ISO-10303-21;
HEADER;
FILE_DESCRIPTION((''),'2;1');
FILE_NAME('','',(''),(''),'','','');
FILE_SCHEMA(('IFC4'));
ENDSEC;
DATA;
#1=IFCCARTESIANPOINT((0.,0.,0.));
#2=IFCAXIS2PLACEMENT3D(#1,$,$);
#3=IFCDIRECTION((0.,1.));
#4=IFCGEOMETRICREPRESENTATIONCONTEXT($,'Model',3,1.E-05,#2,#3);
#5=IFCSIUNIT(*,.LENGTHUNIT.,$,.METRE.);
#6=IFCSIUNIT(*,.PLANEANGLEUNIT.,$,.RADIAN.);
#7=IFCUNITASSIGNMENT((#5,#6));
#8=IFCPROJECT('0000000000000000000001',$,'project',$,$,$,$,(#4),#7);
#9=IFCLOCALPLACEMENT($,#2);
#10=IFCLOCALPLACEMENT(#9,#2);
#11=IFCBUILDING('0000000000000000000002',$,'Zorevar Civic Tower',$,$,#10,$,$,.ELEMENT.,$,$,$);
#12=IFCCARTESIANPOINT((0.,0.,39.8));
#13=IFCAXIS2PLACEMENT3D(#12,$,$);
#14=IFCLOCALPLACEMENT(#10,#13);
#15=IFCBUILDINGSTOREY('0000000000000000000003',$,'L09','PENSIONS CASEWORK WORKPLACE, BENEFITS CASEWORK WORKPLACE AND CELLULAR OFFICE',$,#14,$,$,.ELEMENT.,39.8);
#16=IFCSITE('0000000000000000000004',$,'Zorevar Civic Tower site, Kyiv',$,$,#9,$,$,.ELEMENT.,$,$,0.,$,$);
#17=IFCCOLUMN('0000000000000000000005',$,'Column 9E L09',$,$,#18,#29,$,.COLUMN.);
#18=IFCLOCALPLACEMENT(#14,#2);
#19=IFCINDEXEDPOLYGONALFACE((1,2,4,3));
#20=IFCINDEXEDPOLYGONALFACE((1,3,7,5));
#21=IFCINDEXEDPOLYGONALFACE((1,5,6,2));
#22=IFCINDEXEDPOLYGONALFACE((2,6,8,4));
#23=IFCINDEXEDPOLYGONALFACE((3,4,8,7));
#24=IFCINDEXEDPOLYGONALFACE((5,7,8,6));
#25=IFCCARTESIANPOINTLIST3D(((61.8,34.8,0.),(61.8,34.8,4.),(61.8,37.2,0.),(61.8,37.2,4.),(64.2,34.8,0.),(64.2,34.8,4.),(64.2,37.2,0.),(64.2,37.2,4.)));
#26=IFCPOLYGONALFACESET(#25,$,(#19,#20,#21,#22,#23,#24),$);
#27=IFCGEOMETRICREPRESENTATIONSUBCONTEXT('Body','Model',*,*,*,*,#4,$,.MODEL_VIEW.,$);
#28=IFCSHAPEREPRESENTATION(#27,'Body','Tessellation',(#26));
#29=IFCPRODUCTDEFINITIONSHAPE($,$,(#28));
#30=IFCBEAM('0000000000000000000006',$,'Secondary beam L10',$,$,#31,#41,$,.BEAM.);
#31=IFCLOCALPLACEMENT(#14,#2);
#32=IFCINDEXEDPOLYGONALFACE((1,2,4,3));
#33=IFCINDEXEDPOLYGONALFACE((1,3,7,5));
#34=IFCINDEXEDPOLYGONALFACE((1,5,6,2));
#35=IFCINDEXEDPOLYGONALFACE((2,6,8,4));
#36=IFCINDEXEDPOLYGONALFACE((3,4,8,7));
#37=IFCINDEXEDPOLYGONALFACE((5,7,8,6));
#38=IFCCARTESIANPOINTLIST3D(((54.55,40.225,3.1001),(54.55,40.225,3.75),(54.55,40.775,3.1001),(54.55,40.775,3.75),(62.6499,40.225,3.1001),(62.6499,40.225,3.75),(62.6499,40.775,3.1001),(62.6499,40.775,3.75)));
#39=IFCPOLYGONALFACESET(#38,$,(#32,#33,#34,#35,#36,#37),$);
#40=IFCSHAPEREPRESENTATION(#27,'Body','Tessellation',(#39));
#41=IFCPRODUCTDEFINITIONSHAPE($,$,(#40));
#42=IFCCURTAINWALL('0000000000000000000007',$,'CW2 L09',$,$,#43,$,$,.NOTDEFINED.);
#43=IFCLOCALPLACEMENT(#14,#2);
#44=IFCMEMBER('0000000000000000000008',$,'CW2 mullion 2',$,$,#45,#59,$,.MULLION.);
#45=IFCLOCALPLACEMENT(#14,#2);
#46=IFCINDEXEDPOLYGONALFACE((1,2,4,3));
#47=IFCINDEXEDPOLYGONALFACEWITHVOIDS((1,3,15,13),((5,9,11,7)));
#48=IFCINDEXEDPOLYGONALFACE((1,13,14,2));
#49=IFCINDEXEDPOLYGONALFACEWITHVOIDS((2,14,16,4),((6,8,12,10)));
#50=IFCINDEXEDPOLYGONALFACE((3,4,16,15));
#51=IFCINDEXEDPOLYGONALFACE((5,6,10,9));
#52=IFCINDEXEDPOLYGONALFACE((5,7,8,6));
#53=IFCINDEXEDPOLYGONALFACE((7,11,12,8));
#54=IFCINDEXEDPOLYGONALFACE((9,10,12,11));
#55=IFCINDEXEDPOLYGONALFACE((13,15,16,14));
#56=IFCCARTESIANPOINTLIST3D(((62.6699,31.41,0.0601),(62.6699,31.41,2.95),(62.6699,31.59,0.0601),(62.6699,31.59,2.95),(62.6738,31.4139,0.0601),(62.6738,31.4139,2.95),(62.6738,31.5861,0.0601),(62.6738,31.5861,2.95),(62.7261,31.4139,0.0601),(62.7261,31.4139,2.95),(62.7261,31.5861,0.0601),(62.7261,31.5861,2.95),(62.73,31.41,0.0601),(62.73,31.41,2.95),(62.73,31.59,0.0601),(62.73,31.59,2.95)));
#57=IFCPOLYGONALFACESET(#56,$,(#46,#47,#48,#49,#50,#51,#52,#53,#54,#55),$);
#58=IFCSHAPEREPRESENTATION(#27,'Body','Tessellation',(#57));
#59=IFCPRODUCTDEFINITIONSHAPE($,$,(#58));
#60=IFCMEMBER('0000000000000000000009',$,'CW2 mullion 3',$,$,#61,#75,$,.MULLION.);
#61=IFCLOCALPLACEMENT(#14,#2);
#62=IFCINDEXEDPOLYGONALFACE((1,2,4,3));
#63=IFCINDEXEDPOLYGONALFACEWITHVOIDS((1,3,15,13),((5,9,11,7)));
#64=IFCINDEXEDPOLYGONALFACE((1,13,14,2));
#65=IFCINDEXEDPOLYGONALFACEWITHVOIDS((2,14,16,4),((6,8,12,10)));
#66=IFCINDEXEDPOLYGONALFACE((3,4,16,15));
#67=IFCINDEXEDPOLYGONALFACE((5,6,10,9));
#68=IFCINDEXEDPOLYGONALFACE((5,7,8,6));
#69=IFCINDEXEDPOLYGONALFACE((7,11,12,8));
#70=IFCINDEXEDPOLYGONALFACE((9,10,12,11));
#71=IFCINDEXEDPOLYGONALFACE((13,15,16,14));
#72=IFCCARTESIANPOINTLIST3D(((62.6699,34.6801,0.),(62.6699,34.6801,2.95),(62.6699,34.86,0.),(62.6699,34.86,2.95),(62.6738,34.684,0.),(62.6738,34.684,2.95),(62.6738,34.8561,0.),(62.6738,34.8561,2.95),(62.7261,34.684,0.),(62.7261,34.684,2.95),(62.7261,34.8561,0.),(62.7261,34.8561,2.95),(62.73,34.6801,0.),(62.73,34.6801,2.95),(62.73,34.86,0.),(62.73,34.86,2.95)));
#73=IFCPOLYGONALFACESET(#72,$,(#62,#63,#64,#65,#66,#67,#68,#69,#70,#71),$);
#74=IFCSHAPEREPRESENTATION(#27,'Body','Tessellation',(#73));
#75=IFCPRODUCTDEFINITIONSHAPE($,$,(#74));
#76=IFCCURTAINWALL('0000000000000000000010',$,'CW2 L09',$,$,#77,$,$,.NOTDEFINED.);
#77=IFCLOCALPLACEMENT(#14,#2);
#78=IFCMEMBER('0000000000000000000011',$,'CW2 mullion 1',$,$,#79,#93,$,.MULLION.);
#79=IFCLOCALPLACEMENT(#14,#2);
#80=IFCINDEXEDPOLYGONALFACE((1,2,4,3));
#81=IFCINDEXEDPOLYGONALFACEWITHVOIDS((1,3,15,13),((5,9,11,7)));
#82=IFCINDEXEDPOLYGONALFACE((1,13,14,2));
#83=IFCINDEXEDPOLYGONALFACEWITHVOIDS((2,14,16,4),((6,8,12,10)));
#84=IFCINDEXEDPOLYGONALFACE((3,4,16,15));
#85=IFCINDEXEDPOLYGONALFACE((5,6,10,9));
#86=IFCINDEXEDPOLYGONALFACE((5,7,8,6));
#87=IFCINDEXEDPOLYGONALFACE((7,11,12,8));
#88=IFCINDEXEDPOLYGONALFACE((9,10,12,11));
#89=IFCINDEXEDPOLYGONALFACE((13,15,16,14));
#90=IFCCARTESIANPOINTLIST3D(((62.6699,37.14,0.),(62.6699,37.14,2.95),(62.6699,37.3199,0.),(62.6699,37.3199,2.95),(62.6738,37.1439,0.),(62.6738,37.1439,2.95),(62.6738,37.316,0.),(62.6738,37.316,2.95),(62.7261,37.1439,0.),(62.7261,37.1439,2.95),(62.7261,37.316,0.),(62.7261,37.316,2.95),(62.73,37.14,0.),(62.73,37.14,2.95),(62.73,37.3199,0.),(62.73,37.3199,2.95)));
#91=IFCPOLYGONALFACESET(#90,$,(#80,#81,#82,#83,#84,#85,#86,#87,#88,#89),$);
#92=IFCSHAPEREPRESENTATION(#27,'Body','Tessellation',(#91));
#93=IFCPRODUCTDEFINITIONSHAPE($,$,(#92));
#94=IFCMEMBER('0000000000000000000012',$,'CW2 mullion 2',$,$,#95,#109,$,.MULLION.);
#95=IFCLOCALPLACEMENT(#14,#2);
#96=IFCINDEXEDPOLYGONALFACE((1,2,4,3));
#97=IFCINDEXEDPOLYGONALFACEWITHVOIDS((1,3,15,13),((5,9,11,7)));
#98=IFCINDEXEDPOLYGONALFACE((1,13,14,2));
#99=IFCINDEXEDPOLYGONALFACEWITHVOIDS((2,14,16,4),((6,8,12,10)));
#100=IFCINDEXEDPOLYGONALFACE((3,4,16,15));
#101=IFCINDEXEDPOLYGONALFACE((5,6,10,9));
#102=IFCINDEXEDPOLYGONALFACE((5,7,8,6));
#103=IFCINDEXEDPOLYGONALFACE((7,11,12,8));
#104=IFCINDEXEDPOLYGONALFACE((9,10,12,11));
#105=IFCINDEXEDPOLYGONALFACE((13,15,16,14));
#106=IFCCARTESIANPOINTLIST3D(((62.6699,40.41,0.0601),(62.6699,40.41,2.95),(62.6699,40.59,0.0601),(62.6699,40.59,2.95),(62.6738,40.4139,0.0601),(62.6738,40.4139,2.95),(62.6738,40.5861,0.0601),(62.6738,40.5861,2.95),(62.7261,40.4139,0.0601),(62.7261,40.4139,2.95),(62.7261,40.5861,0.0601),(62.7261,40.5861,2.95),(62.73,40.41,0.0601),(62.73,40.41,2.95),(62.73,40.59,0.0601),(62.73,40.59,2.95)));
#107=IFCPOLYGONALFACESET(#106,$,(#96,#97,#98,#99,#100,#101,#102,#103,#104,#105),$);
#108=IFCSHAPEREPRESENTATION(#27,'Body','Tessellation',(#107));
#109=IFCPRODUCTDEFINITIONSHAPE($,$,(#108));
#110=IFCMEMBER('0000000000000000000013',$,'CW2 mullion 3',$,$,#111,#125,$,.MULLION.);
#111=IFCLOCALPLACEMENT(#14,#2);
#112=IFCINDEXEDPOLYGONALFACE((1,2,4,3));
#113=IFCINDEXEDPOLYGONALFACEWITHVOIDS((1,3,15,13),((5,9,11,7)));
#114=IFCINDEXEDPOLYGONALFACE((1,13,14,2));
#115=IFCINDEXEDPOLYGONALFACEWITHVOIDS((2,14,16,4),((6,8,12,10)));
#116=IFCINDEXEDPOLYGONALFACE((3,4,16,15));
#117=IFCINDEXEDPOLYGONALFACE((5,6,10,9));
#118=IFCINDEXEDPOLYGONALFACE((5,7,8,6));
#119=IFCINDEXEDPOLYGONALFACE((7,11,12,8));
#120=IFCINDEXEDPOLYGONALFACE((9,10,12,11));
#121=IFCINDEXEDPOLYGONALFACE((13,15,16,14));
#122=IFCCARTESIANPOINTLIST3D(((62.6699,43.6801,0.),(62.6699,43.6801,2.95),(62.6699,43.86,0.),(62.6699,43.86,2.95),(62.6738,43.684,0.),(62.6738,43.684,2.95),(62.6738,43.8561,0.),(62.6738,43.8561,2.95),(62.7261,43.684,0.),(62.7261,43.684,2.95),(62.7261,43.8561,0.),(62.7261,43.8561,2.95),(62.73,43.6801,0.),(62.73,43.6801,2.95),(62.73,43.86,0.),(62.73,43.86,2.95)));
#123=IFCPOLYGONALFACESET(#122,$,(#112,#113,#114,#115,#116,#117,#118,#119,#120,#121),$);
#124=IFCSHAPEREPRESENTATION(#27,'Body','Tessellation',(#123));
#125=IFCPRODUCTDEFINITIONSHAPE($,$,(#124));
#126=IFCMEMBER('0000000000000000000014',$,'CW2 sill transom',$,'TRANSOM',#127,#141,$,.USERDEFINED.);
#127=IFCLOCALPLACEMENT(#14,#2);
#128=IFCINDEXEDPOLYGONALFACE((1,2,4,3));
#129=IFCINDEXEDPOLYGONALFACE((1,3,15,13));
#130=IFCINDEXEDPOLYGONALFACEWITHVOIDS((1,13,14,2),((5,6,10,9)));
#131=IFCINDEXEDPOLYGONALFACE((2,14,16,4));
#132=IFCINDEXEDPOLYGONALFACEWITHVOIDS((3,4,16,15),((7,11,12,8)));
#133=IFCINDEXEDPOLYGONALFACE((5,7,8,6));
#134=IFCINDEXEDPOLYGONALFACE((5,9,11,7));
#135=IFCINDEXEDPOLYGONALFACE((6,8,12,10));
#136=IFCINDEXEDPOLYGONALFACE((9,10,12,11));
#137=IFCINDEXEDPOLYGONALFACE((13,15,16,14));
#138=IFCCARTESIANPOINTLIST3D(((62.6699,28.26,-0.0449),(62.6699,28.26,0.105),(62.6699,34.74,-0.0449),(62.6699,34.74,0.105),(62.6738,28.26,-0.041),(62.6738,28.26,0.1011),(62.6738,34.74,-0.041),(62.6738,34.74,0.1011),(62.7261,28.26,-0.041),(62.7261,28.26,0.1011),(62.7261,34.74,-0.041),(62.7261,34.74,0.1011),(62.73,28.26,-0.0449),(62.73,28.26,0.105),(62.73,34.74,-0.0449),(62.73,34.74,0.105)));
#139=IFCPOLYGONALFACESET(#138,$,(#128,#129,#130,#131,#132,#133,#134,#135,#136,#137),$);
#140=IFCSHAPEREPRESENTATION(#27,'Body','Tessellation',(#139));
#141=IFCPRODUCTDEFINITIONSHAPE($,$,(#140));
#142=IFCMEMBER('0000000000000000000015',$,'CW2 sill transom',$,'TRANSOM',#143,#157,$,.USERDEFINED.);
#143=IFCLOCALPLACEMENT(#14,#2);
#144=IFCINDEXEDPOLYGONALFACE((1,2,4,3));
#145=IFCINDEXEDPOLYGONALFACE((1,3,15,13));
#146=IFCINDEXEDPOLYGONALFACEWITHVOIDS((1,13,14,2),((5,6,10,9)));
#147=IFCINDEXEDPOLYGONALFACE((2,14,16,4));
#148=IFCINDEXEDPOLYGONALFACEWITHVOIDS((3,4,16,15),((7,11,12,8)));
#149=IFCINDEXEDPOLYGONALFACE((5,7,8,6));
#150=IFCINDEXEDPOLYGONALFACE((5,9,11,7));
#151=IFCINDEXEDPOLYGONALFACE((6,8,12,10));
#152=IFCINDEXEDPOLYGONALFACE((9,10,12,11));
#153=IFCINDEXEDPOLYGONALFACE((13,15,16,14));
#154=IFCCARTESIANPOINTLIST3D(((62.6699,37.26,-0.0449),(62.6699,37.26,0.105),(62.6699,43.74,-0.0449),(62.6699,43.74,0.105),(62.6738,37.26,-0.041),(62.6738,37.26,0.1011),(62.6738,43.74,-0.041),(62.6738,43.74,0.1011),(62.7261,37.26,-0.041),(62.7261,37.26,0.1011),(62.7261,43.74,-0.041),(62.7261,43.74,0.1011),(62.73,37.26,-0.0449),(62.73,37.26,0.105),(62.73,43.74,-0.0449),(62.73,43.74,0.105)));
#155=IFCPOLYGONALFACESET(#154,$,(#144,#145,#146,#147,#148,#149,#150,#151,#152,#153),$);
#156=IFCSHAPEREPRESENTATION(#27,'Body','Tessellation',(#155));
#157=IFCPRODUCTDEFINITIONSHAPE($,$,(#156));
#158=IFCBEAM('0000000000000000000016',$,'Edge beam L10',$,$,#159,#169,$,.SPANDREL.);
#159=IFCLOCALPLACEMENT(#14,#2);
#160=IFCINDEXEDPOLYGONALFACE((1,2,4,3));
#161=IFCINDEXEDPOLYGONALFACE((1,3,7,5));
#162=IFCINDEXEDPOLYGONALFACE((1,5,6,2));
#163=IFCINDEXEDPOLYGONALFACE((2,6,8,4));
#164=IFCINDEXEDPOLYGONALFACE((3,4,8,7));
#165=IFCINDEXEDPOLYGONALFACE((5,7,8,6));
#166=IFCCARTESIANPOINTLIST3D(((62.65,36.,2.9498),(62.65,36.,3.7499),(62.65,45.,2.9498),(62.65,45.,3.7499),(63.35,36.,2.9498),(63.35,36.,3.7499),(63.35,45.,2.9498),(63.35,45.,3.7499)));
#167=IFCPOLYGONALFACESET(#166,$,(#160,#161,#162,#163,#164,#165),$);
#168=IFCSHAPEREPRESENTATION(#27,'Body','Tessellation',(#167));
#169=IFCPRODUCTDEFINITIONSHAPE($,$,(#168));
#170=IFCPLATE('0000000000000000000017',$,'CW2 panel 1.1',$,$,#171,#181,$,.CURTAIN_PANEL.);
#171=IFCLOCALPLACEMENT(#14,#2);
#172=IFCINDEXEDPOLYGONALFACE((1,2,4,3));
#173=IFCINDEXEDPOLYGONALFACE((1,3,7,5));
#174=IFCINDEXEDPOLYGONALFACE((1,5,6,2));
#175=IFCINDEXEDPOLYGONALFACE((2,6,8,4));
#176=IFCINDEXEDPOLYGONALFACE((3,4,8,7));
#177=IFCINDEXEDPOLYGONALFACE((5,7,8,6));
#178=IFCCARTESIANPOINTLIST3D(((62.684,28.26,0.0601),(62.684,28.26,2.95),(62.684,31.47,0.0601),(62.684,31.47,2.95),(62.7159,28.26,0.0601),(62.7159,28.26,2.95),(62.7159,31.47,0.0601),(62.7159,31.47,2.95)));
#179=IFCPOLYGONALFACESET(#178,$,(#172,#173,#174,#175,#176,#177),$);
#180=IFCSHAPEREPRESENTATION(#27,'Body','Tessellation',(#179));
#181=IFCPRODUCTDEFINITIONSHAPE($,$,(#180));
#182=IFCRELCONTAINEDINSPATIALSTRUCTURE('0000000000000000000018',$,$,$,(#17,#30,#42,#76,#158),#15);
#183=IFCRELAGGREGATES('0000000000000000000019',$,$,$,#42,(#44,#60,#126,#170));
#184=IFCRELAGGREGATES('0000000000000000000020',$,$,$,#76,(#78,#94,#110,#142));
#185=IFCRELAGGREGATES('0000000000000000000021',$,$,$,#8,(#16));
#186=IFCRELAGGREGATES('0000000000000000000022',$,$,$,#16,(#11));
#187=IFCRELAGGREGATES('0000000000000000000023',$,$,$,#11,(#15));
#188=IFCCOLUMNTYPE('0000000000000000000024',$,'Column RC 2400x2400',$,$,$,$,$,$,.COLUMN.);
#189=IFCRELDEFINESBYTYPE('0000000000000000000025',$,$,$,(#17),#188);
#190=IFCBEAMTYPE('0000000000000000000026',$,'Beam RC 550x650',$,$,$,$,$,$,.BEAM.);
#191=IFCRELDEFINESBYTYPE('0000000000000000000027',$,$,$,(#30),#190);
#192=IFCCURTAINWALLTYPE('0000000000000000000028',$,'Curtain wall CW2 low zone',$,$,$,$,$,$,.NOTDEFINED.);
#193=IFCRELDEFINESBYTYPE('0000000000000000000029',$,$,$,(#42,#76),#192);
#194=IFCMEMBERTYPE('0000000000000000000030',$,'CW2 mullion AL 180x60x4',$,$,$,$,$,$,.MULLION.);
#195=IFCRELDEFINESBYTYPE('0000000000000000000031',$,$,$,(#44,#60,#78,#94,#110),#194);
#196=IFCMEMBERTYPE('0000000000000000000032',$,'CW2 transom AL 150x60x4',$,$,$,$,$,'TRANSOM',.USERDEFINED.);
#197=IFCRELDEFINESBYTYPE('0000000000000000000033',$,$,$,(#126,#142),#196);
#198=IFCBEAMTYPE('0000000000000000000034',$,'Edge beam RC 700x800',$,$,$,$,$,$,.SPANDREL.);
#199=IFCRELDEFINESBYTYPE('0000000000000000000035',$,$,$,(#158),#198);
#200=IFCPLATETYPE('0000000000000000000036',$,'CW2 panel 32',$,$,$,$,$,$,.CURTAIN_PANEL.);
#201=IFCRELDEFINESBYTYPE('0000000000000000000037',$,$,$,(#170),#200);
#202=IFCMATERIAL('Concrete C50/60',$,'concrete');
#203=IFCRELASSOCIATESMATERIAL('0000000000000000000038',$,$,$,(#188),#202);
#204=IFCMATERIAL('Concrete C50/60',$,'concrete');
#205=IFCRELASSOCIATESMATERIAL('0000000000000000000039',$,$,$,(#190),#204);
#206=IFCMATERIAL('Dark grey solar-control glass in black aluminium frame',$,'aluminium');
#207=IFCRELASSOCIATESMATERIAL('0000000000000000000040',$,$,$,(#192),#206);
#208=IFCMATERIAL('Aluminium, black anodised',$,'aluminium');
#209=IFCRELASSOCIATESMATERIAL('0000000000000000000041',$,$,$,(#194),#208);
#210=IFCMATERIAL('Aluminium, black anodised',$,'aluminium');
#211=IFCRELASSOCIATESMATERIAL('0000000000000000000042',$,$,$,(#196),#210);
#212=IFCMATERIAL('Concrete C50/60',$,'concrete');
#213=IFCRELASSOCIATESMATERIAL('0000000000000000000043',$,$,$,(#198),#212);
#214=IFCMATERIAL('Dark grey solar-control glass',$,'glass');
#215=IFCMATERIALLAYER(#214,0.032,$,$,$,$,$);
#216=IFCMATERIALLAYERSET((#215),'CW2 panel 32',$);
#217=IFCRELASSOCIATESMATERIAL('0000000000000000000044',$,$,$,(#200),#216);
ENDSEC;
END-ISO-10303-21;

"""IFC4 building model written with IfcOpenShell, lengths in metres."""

from ifc_helpers import new_model, si_unit, direction, frame, origin, origin_2d, place, context, subcontext, project, spatial, rectangle, hollow_rectangle, extrude, material, layer, layer_set, material_profile, profile_set, type_object, element, aggregate, save


model = new_model("IFC4")

# Units and contexts
model_context = context("Model", 3, precision=1e-05, world=origin(), true_north=direction((0.0, 1.0)))
body_context = subcontext(model_context, "Body", "Model", "MODEL_VIEW")
ifc_project = project(units=[si_unit("LENGTHUNIT", "METRE"), si_unit("PLANEANGLEUNIT", "RADIAN")], contexts=[model_context])

# Site, building, storey
site_placement = place(None, origin())
site = spatial("IfcSite", under=ifc_project, at=site_placement, Name="Zorevar Civic Tower site, Kyiv", CompositionType="ELEMENT", RefElevation=0.0)
building_placement = place(site_placement, origin())
building = spatial("IfcBuilding", under=site, at=building_placement, Name="Zorevar Civic Tower", CompositionType="ELEMENT")
storey_placement = place(building_placement, frame((0.0, 0.0, 39.8)))
storey = spatial("IfcBuildingStorey", under=building, at=storey_placement, Name="L09", Description="PENSIONS CASEWORK WORKPLACE, BENEFITS CASEWORK WORKPLACE AND CELLULAR OFFICE", CompositionType="ELEMENT", Elevation=39.8)

# Column
ifc_material_1 = material(Name="Concrete C50/60", Category="concrete")
ifc_material_profile_1 = material_profile(ifc_material_1, rectangle(XDim=2.3999, YDim=2.3999, at=origin_2d()), Name="RC 2400x2400")
ifc_profile_set_1 = profile_set([ifc_material_profile_1], Name="Concrete C50/60")
column_type = type_object("IfcColumnType", Name="Column RC 2400x2400", PredefinedType="COLUMN", material=ifc_profile_set_1)
column_placement = place(storey_placement, frame((63.0, 36.0, 0.0), z_axis=(0.0, 0.0, 1.0), x_axis=(1.0, 0.0, 0.0)))
element("IfcColumn", 1, at=column_placement, inside=storey, type_object=column_type, Name="Column 9E L09", PredefinedType="COLUMN", context=body_context, shape_type="SweptSolid", body=[
    extrude(rectangle(XDim=2.3999, YDim=2.3999, at=origin_2d()), origin(), (0.0, 0.0, 1.0), 4.0),
])

# Beam
ifc_material_2 = material(Name="Concrete C50/60", Category="concrete")
ifc_material_profile_2 = material_profile(ifc_material_2, rectangle(XDim=0.55, YDim=0.6499, at=origin_2d()), Name="RC 550x650")
ifc_profile_set_2 = profile_set([ifc_material_profile_2], Name="Concrete C50/60")
beam_type_1 = type_object("IfcBeamType", Name="Beam RC 550x650", PredefinedType="BEAM", material=ifc_profile_set_2)
beam_1_placement = place(storey_placement, frame((54.55, 40.5, 3.425), z_axis=(1.0, 0.0, 0.0), x_axis=(0.0, 1.0, 0.0)))
element("IfcBeam", 2, at=beam_1_placement, inside=storey, type_object=beam_type_1, Name="Secondary beam L10", PredefinedType="BEAM", context=body_context, shape_type="SweptSolid", body=[
    extrude(rectangle(XDim=0.55, YDim=0.6499, at=origin_2d()), origin(), (0.0, 0.0, 1.0), 8.0999),
])

# Curtain walls, members
ifc_material_3 = material(Name="Dark grey solar-control glass in black aluminium frame", Category="aluminium")
curtain_wall_type = type_object("IfcCurtainWallType", Name="Curtain wall CW2 low zone", PredefinedType="NOTDEFINED", material=ifc_material_3)
curtain_wall_1_placement = place(storey_placement, origin())
curtain_wall_1 = element("IfcCurtainWall", 3, at=curtain_wall_1_placement, inside=storey, type_object=curtain_wall_type, Name="CW2 L09", PredefinedType="NOTDEFINED")
ifc_material_4 = material(Name="Aluminium, black anodised", Category="aluminium")
ifc_material_profile_3 = material_profile(ifc_material_4, hollow_rectangle(XDim=0.0601, YDim=0.1799, WallThickness=0.0039, at=origin_2d()), Name="AL 180x60x4")
ifc_profile_set_3 = profile_set([ifc_material_profile_3], Name="Aluminium, black anodised")
member_type_1 = type_object("IfcMemberType", Name="CW2 mullion AL 180x60x4", PredefinedType="MULLION", material=ifc_profile_set_3)
member_1_placement = place(storey_placement, frame((62.7, 31.5, 0.0601), z_axis=(0.0, 0.0, 1.0), x_axis=(-1.0, 0.0, 0.0)))
member_1 = element("IfcMember", 4, at=member_1_placement, type_object=member_type_1, Name="CW2 mullion 2", PredefinedType="MULLION", context=body_context, shape_type="SweptSolid", body=[
    extrude(hollow_rectangle(XDim=0.0601, YDim=0.1799, WallThickness=0.0039, at=origin_2d()), origin(), (0.0, 0.0, 1.0), 2.8899),
])
member_2_placement = place(storey_placement, frame((62.7, 34.77, 0.0), z_axis=(0.0, 0.0, 1.0), x_axis=(-1.0, 0.0, 0.0)))
member_2 = element("IfcMember", 5, at=member_2_placement, type_object=member_type_1, Name="CW2 mullion 3", PredefinedType="MULLION", context=body_context, shape_type="SweptSolid", body=[
    extrude(hollow_rectangle(XDim=0.0601, YDim=0.1799, WallThickness=0.0039, at=origin_2d()), origin(), (0.0, 0.0, 1.0), 2.95),
])
curtain_wall_2_placement = place(storey_placement, origin())
curtain_wall_2 = element("IfcCurtainWall", 6, at=curtain_wall_2_placement, inside=storey, type_object=curtain_wall_type, Name="CW2 L09", PredefinedType="NOTDEFINED")
member_3_placement = place(storey_placement, frame((62.7, 37.23, 0.0), z_axis=(0.0, 0.0, 1.0), x_axis=(-1.0, 0.0, 0.0)))
member_3 = element("IfcMember", 7, at=member_3_placement, type_object=member_type_1, Name="CW2 mullion 1", PredefinedType="MULLION", context=body_context, shape_type="SweptSolid", body=[
    extrude(hollow_rectangle(XDim=0.0601, YDim=0.1799, WallThickness=0.0039, at=origin_2d()), origin(), (0.0, 0.0, 1.0), 2.95),
])
member_4_placement = place(storey_placement, frame((62.7, 40.5, 0.0601), z_axis=(0.0, 0.0, 1.0), x_axis=(-1.0, 0.0, 0.0)))
member_4 = element("IfcMember", 8, at=member_4_placement, type_object=member_type_1, Name="CW2 mullion 2", PredefinedType="MULLION", context=body_context, shape_type="SweptSolid", body=[
    extrude(hollow_rectangle(XDim=0.0601, YDim=0.1799, WallThickness=0.0039, at=origin_2d()), origin(), (0.0, 0.0, 1.0), 2.8899),
])
member_5_placement = place(storey_placement, frame((62.7, 43.77, 0.0), z_axis=(0.0, 0.0, 1.0), x_axis=(-1.0, 0.0, 0.0)))
member_5 = element("IfcMember", 9, at=member_5_placement, type_object=member_type_1, Name="CW2 mullion 3", PredefinedType="MULLION", context=body_context, shape_type="SweptSolid", body=[
    extrude(hollow_rectangle(XDim=0.0601, YDim=0.1799, WallThickness=0.0039, at=origin_2d()), origin(), (0.0, 0.0, 1.0), 2.95),
])

# Members
ifc_material_5 = material(Name="Aluminium, black anodised", Category="aluminium")
ifc_material_profile_4 = material_profile(ifc_material_5, hollow_rectangle(XDim=0.0601, YDim=0.1499, WallThickness=0.0039, at=origin_2d()), Name="AL 150x60x4")
ifc_profile_set_4 = profile_set([ifc_material_profile_4], Name="Aluminium, black anodised")
member_type_2 = type_object("IfcMemberType", Name="CW2 transom AL 150x60x4", ElementType="TRANSOM", PredefinedType="USERDEFINED", material=ifc_profile_set_4)
member_6_placement = place(storey_placement, frame((62.7, 28.26, 0.03), z_axis=(0.0, 1.0, 0.0), x_axis=(-1.0, 0.0, 0.0)))
member_6 = element("IfcMember", 10, at=member_6_placement, type_object=member_type_2, Name="CW2 sill transom", ObjectType="TRANSOM", PredefinedType="USERDEFINED", context=body_context, shape_type="SweptSolid", body=[
    extrude(hollow_rectangle(XDim=0.0601, YDim=0.1499, WallThickness=0.0039, at=origin_2d()), origin(), (0.0, 0.0, 1.0), 6.48),
])
member_7_placement = place(storey_placement, frame((62.7, 37.26, 0.03), z_axis=(0.0, 1.0, 0.0), x_axis=(-1.0, 0.0, 0.0)))
member_7 = element("IfcMember", 11, at=member_7_placement, type_object=member_type_2, Name="CW2 sill transom", ObjectType="TRANSOM", PredefinedType="USERDEFINED", context=body_context, shape_type="SweptSolid", body=[
    extrude(hollow_rectangle(XDim=0.0601, YDim=0.1499, WallThickness=0.0039, at=origin_2d()), origin(), (0.0, 0.0, 1.0), 6.48),
])

# Beam
ifc_material_6 = material(Name="Concrete C50/60", Category="concrete")
ifc_material_profile_5 = material_profile(ifc_material_6, rectangle(XDim=0.7, YDim=0.8, at=origin_2d()), Name="RC 700x800")
ifc_profile_set_5 = profile_set([ifc_material_profile_5], Name="Concrete C50/60")
beam_type_2 = type_object("IfcBeamType", Name="Edge beam RC 700x800", PredefinedType="SPANDREL", material=ifc_profile_set_5)
beam_2_placement = place(storey_placement, frame((63.0, 36.0, 3.3499), z_axis=(0.0, 1.0, 0.0), x_axis=(-1.0, 0.0, 0.0)))
element("IfcBeam", 12, at=beam_2_placement, inside=storey, type_object=beam_type_2, Name="Edge beam L10", PredefinedType="SPANDREL", context=body_context, shape_type="SweptSolid", body=[
    extrude(rectangle(XDim=0.7, YDim=0.8, at=origin_2d()), origin(), (0.0, 0.0, 1.0), 9.0),
])

# Plate
ifc_material_7 = material(Name="Dark grey solar-control glass", Category="glass")
ifc_layer_1 = layer(ifc_material_7, 0.032)
ifc_layer_set_1 = layer_set([ifc_layer_1], Name="CW2 panel 32")
plate_type = type_object("IfcPlateType", Name="CW2 panel 32", PredefinedType="CURTAIN_PANEL", material=ifc_layer_set_1)
plate_1_placement = place(storey_placement, frame((62.7, 29.865, 0.0601), z_axis=(0.0, 0.0, 1.0), x_axis=(0.0, 1.0, 0.0)))
plate_1 = element("IfcPlate", 13, at=plate_1_placement, type_object=plate_type, Name="CW2 panel 1.1", PredefinedType="CURTAIN_PANEL", context=body_context, shape_type="SweptSolid", body=[
    extrude(rectangle(XDim=3.21, YDim=0.032, at=origin_2d()), origin(), (0.0, 0.0, 1.0), 2.8899),
])
aggregate(curtain_wall_1, [member_1, member_2, member_6, plate_1])
aggregate(curtain_wall_2, [member_3, member_4, member_5, member_7])

save(model, "model.ifc")
